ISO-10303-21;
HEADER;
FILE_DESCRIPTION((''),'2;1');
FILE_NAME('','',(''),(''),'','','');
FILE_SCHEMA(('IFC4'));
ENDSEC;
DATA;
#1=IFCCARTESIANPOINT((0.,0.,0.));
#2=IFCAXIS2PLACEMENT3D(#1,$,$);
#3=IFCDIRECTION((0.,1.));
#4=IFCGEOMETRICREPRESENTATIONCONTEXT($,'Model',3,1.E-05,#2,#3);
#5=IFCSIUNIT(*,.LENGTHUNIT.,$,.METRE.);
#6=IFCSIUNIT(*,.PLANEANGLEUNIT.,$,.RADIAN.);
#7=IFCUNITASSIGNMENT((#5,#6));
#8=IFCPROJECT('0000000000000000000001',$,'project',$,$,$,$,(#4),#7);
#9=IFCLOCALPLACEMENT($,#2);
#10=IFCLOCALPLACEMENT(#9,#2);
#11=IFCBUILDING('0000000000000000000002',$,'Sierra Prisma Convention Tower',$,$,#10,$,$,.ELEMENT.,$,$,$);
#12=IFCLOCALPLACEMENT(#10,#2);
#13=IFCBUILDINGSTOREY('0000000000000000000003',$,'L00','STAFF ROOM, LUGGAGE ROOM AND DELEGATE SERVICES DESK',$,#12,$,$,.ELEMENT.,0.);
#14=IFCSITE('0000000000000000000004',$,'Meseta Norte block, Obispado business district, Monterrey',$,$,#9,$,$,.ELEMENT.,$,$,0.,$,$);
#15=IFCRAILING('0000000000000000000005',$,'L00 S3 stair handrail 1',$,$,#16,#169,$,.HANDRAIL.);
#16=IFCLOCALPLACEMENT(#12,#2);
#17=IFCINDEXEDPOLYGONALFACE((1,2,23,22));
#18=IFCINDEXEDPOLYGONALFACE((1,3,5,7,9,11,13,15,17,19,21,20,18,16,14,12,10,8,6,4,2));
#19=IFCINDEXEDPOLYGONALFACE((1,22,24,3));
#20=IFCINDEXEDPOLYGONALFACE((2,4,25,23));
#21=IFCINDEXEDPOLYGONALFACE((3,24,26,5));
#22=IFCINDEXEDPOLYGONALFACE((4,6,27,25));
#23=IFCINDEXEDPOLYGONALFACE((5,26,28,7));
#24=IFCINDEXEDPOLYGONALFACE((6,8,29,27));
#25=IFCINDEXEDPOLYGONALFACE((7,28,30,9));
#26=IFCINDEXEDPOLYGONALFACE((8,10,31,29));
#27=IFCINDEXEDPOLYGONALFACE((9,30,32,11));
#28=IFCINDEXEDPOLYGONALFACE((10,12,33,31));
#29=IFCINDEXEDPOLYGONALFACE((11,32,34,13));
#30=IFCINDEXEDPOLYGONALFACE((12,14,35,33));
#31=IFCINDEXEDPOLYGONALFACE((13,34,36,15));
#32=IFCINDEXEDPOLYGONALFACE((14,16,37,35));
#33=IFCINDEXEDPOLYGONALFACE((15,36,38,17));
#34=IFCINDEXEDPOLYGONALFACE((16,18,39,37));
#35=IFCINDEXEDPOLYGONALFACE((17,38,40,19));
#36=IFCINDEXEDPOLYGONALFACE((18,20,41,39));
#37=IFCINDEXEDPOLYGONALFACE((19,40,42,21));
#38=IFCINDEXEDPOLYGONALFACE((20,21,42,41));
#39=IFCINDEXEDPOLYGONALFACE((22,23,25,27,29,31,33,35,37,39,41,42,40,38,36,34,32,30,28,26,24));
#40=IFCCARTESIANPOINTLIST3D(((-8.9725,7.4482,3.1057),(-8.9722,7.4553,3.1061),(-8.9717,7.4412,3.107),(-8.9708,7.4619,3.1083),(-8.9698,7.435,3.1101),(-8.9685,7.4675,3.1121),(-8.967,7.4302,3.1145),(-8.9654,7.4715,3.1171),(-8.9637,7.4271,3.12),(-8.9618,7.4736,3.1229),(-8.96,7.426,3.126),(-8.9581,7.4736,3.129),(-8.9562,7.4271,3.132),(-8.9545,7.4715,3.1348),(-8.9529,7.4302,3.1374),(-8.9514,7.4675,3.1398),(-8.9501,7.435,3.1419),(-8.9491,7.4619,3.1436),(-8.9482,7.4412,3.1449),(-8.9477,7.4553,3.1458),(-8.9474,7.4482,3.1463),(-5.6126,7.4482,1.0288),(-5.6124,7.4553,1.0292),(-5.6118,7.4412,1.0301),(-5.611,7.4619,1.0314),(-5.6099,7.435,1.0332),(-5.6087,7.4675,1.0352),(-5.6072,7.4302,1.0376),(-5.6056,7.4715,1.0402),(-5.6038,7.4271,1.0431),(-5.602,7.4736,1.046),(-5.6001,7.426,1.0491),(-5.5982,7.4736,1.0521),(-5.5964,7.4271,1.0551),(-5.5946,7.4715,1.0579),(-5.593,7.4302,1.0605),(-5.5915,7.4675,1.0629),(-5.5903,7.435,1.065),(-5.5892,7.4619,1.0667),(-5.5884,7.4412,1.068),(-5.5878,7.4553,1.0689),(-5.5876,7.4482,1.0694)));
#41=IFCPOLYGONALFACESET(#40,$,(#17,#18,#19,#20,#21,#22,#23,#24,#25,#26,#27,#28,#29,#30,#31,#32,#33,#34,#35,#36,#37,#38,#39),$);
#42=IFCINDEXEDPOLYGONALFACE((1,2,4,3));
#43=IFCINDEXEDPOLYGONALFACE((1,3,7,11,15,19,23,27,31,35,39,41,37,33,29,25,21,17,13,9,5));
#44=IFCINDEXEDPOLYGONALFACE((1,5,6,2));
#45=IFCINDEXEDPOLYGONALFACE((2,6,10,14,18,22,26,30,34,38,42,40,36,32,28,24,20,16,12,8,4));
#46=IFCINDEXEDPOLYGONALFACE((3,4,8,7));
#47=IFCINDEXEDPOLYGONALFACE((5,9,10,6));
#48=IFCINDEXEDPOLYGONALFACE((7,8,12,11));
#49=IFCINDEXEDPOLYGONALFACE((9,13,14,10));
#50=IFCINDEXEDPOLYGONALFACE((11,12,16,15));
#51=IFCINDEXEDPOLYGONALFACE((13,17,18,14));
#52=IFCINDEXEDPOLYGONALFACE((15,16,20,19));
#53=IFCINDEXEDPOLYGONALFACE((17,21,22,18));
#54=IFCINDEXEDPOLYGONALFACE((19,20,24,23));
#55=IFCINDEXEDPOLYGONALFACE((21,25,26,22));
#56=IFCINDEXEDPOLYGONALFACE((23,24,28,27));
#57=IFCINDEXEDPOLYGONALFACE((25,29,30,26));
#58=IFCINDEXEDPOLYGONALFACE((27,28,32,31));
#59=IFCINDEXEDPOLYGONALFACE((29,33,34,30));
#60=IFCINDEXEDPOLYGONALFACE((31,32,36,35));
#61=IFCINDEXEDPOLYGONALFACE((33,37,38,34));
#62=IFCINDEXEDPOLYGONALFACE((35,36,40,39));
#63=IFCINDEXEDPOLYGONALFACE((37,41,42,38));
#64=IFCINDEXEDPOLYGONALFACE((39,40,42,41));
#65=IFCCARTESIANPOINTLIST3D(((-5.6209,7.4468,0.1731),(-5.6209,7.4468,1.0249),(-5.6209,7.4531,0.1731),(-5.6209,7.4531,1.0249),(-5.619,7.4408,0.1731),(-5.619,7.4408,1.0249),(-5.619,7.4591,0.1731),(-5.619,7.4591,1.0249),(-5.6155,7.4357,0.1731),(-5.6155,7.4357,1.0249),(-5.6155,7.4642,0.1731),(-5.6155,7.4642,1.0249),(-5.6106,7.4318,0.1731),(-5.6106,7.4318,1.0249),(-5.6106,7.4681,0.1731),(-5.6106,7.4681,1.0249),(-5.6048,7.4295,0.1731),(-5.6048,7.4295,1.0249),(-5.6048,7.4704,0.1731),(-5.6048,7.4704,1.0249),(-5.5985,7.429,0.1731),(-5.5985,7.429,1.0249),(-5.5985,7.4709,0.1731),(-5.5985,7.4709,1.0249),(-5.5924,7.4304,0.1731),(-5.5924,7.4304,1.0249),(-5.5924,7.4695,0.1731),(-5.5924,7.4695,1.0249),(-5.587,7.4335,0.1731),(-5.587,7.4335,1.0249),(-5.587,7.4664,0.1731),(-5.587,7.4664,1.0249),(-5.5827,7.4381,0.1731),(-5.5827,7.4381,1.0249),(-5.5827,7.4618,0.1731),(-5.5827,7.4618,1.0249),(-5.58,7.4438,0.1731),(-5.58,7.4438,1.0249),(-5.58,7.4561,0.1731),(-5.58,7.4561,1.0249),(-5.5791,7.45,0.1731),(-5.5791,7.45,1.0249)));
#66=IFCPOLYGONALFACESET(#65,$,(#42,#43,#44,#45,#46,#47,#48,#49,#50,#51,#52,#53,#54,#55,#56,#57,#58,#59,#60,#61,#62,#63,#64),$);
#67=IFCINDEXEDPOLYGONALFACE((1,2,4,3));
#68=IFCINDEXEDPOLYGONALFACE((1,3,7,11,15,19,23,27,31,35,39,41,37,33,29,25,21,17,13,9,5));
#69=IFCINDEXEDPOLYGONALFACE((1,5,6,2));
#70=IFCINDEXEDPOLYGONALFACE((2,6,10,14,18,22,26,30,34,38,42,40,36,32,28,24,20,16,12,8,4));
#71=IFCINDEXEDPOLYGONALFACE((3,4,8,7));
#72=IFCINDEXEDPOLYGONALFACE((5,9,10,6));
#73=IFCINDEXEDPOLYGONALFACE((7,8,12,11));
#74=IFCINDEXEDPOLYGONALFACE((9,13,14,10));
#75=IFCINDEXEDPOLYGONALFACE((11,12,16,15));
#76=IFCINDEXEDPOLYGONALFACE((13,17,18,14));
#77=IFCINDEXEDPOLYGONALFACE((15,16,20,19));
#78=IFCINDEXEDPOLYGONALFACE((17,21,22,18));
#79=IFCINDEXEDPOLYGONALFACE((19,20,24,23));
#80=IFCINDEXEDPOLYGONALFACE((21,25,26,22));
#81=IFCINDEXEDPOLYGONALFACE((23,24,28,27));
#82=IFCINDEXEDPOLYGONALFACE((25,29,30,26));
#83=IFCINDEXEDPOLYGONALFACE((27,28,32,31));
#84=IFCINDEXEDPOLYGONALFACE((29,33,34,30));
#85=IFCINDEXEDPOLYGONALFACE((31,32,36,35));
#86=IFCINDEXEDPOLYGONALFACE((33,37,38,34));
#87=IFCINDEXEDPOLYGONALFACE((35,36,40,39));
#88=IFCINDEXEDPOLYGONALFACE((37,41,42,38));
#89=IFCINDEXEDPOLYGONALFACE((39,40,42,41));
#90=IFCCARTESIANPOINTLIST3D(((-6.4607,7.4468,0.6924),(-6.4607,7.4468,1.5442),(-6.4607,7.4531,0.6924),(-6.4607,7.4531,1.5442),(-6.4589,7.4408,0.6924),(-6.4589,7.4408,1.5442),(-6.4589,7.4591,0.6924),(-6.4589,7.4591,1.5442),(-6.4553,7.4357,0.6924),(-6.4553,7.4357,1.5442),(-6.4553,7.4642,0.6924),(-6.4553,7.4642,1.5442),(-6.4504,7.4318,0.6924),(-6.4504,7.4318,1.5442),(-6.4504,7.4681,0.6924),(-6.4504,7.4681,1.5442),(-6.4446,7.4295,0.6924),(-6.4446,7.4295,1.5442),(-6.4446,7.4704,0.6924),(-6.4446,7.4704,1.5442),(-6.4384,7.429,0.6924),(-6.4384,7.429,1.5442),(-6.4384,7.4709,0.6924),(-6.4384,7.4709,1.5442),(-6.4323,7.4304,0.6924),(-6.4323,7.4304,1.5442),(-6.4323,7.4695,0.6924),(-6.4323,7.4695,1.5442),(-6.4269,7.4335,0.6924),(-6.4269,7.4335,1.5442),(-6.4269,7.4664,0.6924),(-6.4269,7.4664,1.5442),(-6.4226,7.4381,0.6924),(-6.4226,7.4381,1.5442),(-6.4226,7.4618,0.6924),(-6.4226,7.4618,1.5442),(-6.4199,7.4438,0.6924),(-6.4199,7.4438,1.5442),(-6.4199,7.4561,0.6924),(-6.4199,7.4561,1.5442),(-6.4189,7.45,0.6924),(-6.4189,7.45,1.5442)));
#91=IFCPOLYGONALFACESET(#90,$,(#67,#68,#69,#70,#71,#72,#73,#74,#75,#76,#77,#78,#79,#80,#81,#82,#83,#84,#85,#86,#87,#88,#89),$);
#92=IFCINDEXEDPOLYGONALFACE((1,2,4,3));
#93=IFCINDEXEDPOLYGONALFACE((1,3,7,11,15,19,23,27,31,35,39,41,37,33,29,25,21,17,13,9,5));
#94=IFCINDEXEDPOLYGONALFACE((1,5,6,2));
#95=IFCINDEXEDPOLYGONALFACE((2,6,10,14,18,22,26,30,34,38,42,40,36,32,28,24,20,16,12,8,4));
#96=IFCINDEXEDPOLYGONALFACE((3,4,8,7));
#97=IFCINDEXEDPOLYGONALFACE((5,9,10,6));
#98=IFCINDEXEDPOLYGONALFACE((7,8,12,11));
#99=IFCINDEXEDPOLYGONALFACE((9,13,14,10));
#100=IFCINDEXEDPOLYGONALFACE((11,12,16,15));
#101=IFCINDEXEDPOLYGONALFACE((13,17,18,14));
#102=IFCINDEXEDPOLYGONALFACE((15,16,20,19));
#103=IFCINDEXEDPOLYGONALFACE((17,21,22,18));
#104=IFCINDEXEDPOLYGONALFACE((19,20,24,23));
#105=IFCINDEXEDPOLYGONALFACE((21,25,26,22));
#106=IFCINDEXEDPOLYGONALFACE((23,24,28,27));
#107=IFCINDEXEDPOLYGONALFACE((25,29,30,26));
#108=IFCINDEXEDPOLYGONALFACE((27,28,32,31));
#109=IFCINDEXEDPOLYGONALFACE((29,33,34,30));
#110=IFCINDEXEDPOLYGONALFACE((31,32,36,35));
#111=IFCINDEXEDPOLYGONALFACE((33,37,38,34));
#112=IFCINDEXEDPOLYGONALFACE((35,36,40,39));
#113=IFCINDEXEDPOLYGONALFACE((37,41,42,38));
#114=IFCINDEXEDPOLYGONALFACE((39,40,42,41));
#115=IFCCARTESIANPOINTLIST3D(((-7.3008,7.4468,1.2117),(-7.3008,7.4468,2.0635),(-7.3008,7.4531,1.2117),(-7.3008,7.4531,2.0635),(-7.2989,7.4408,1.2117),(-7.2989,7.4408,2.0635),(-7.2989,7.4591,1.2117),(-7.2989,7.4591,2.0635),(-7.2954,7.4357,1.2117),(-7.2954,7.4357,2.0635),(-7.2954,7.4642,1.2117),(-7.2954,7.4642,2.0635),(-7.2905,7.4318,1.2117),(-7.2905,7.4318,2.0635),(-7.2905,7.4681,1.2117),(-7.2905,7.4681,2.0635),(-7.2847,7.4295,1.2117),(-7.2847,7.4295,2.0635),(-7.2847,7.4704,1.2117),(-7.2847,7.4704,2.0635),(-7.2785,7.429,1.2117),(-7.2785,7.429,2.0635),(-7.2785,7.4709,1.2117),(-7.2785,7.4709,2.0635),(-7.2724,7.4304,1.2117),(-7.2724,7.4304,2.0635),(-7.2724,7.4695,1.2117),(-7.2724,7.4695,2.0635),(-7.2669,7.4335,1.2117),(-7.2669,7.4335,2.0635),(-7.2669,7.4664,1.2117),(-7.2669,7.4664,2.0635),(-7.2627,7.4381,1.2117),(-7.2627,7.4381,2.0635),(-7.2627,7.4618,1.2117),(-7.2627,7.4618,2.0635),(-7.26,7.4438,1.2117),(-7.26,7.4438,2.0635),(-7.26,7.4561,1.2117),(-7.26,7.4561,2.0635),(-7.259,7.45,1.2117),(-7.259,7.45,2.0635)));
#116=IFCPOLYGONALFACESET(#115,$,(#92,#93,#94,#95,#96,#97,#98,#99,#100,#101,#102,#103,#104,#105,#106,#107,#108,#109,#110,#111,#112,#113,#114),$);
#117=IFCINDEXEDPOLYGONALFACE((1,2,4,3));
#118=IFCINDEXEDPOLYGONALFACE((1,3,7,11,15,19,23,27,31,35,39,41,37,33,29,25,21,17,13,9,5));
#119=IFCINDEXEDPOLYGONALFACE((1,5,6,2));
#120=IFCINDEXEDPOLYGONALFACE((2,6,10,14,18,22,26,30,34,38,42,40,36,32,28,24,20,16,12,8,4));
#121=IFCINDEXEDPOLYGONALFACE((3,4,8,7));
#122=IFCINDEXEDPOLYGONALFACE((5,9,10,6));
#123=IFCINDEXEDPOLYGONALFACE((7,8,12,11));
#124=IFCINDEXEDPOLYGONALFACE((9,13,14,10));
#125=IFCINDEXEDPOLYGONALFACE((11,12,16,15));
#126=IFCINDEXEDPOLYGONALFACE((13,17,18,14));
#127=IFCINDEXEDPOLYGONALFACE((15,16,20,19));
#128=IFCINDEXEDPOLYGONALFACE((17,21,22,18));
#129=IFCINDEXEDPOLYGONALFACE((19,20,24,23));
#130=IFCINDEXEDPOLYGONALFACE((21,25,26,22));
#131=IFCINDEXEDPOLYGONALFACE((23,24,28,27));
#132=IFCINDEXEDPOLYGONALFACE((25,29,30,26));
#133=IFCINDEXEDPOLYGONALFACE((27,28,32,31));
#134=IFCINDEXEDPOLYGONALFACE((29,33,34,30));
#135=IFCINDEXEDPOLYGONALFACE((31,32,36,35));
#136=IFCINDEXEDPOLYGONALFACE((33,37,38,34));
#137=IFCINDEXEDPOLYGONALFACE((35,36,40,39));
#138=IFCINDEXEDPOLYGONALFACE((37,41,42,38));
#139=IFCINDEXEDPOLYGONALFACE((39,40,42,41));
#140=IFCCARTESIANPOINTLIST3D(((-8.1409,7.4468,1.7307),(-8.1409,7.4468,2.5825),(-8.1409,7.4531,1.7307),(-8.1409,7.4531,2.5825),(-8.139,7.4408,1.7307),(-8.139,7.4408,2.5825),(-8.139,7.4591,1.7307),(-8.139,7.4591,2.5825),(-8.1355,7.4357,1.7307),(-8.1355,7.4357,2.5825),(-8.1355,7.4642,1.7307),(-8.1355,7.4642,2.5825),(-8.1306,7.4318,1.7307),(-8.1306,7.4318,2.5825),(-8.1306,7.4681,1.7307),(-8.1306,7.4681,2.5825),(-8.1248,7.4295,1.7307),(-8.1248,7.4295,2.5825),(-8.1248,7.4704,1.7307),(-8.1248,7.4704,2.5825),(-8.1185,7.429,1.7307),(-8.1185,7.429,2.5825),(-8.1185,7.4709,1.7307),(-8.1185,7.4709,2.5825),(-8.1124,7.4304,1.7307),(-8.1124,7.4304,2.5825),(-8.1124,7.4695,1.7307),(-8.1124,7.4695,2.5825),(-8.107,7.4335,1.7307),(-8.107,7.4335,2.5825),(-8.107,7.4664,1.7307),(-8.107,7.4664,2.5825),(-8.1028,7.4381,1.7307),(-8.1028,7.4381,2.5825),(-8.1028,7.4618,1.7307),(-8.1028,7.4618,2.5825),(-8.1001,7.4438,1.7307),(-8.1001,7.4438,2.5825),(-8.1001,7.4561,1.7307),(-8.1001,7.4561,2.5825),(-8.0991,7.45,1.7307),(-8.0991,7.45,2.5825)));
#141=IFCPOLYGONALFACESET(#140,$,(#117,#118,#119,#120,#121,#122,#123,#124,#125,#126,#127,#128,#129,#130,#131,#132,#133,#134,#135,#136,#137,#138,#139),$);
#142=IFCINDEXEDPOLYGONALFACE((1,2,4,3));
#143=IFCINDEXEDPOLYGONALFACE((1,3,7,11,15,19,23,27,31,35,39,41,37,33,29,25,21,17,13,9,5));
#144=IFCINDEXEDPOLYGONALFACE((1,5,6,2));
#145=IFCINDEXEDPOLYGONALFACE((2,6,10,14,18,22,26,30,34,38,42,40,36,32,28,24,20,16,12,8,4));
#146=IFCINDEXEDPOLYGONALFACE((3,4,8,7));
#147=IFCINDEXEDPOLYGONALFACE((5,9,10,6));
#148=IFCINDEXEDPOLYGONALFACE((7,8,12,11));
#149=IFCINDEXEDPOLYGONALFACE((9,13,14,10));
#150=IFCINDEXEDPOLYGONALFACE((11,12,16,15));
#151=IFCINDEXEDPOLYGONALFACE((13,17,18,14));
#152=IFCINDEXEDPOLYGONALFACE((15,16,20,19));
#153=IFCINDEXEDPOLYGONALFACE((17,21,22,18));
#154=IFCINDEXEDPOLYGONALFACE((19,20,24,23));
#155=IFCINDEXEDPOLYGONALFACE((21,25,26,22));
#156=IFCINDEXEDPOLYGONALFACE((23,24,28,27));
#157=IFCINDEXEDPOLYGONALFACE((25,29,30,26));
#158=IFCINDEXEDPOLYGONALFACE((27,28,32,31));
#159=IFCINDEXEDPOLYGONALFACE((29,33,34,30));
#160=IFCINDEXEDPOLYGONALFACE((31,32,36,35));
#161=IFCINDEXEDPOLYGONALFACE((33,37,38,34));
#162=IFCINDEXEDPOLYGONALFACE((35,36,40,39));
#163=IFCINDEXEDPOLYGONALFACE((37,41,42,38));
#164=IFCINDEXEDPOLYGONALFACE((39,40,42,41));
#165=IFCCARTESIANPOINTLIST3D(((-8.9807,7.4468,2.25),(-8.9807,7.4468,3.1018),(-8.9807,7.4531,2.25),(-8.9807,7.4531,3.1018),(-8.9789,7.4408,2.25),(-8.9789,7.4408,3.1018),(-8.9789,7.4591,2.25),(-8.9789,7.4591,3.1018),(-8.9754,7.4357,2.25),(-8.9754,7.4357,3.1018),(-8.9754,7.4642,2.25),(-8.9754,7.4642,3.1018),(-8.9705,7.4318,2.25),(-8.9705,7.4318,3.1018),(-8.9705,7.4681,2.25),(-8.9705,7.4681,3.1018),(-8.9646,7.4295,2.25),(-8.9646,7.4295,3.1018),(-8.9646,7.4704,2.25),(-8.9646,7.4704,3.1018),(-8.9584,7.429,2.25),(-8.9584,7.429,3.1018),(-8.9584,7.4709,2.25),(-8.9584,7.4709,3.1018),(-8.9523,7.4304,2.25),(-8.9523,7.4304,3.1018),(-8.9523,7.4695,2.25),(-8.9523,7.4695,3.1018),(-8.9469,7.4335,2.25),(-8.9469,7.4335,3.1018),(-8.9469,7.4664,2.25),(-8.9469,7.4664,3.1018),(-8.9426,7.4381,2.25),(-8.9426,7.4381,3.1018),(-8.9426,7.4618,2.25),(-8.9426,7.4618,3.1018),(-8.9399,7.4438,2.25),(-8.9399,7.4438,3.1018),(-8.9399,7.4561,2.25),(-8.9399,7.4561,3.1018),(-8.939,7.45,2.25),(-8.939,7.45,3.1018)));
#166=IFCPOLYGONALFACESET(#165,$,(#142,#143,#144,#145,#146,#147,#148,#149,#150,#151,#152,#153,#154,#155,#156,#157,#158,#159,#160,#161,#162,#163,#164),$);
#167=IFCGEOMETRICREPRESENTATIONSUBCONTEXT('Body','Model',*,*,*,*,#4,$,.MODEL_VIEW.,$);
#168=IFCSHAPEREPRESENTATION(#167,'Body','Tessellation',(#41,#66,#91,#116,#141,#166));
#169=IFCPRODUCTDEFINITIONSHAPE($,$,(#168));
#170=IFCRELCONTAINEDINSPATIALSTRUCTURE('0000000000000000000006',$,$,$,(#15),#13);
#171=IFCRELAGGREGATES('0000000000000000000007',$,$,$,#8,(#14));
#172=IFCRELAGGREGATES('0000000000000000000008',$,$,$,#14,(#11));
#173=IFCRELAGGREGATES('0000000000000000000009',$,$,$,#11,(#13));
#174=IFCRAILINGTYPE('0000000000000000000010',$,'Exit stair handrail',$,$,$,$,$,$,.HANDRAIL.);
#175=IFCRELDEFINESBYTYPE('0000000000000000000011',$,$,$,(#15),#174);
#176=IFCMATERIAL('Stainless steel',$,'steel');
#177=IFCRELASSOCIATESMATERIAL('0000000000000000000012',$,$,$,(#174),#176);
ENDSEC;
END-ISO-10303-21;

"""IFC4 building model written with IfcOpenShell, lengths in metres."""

from ifc_helpers import new_model, si_unit, direction, frame, origin, origin_2d, place, context, subcontext, project, spatial, circle, extrude, material, type_object, element, save


model = new_model("IFC4")

# Units and contexts
model_context = context("Model", 3, precision=1e-05, world=origin(), true_north=direction((0.0, 1.0)))
body_context = subcontext(model_context, "Body", "Model", "MODEL_VIEW")
ifc_project = project(units=[si_unit("LENGTHUNIT", "METRE"), si_unit("PLANEANGLEUNIT", "RADIAN")], contexts=[model_context])

# Site, building, storey
site_placement = place(None, origin())
site = spatial("IfcSite", under=ifc_project, at=site_placement, Name="Meseta Norte block, Obispado business district, Monterrey", CompositionType="ELEMENT", RefElevation=0.0)
building_placement = place(site_placement, origin())
building = spatial("IfcBuilding", under=site, at=building_placement, Name="Sierra Prisma Convention Tower", CompositionType="ELEMENT")
storey_placement = place(building_placement, origin())
storey = spatial("IfcBuildingStorey", under=building, at=storey_placement, Name="L00", Description="STAFF ROOM, LUGGAGE ROOM AND DELEGATE SERVICES DESK", CompositionType="ELEMENT", Elevation=0.0)

# Railing
ifc_material_1 = material(Name="Stainless steel", Category="steel")
railing_type_1 = type_object("IfcRailingType", Name="Exit stair handrail", PredefinedType="HANDRAIL", material=ifc_material_1)
for number, where, name in (
    (1, (-5.6001, 7.45, 0.1731), "L00 S3 stair handrail 1"),
):
    element("IfcRailing", number, at=place(storey_placement, frame(where)), inside=storey, type_object=railing_type_1, Name=name, PredefinedType="HANDRAIL", context=body_context, shape_type="SweptSolid", body=[
        extrude(circle(Radius=0.0239, at=origin_2d()), frame((0.0, 0.0, 0.876), z_axis=(-0.850606, 0.0, 0.525803), x_axis=(0.0, -1.0, 0.0)), (0.0, 0.0, 1.0), 3.95),
        extrude(circle(Radius=0.021, at=origin_2d()), origin(), (0.0, 0.0, 1.0), 0.8518),
        extrude(circle(Radius=0.021, at=origin_2d()), frame((-0.8398, 0.0, 0.5193)), (0.0, 0.0, 1.0), 0.8518),
        extrude(circle(Radius=0.021, at=origin_2d()), frame((-1.6799, 0.0, 1.0386)), (0.0, 0.0, 1.0), 0.8518),
        extrude(circle(Radius=0.021, at=origin_2d()), frame((-2.52, 0.0, 1.5576)), (0.0, 0.0, 1.0), 0.8518),
        extrude(circle(Radius=0.021, at=origin_2d()), frame((-3.3599, 0.0, 2.0769)), (0.0, 0.0, 1.0), 0.8518),
    ])

save(model, "model.ifc")
